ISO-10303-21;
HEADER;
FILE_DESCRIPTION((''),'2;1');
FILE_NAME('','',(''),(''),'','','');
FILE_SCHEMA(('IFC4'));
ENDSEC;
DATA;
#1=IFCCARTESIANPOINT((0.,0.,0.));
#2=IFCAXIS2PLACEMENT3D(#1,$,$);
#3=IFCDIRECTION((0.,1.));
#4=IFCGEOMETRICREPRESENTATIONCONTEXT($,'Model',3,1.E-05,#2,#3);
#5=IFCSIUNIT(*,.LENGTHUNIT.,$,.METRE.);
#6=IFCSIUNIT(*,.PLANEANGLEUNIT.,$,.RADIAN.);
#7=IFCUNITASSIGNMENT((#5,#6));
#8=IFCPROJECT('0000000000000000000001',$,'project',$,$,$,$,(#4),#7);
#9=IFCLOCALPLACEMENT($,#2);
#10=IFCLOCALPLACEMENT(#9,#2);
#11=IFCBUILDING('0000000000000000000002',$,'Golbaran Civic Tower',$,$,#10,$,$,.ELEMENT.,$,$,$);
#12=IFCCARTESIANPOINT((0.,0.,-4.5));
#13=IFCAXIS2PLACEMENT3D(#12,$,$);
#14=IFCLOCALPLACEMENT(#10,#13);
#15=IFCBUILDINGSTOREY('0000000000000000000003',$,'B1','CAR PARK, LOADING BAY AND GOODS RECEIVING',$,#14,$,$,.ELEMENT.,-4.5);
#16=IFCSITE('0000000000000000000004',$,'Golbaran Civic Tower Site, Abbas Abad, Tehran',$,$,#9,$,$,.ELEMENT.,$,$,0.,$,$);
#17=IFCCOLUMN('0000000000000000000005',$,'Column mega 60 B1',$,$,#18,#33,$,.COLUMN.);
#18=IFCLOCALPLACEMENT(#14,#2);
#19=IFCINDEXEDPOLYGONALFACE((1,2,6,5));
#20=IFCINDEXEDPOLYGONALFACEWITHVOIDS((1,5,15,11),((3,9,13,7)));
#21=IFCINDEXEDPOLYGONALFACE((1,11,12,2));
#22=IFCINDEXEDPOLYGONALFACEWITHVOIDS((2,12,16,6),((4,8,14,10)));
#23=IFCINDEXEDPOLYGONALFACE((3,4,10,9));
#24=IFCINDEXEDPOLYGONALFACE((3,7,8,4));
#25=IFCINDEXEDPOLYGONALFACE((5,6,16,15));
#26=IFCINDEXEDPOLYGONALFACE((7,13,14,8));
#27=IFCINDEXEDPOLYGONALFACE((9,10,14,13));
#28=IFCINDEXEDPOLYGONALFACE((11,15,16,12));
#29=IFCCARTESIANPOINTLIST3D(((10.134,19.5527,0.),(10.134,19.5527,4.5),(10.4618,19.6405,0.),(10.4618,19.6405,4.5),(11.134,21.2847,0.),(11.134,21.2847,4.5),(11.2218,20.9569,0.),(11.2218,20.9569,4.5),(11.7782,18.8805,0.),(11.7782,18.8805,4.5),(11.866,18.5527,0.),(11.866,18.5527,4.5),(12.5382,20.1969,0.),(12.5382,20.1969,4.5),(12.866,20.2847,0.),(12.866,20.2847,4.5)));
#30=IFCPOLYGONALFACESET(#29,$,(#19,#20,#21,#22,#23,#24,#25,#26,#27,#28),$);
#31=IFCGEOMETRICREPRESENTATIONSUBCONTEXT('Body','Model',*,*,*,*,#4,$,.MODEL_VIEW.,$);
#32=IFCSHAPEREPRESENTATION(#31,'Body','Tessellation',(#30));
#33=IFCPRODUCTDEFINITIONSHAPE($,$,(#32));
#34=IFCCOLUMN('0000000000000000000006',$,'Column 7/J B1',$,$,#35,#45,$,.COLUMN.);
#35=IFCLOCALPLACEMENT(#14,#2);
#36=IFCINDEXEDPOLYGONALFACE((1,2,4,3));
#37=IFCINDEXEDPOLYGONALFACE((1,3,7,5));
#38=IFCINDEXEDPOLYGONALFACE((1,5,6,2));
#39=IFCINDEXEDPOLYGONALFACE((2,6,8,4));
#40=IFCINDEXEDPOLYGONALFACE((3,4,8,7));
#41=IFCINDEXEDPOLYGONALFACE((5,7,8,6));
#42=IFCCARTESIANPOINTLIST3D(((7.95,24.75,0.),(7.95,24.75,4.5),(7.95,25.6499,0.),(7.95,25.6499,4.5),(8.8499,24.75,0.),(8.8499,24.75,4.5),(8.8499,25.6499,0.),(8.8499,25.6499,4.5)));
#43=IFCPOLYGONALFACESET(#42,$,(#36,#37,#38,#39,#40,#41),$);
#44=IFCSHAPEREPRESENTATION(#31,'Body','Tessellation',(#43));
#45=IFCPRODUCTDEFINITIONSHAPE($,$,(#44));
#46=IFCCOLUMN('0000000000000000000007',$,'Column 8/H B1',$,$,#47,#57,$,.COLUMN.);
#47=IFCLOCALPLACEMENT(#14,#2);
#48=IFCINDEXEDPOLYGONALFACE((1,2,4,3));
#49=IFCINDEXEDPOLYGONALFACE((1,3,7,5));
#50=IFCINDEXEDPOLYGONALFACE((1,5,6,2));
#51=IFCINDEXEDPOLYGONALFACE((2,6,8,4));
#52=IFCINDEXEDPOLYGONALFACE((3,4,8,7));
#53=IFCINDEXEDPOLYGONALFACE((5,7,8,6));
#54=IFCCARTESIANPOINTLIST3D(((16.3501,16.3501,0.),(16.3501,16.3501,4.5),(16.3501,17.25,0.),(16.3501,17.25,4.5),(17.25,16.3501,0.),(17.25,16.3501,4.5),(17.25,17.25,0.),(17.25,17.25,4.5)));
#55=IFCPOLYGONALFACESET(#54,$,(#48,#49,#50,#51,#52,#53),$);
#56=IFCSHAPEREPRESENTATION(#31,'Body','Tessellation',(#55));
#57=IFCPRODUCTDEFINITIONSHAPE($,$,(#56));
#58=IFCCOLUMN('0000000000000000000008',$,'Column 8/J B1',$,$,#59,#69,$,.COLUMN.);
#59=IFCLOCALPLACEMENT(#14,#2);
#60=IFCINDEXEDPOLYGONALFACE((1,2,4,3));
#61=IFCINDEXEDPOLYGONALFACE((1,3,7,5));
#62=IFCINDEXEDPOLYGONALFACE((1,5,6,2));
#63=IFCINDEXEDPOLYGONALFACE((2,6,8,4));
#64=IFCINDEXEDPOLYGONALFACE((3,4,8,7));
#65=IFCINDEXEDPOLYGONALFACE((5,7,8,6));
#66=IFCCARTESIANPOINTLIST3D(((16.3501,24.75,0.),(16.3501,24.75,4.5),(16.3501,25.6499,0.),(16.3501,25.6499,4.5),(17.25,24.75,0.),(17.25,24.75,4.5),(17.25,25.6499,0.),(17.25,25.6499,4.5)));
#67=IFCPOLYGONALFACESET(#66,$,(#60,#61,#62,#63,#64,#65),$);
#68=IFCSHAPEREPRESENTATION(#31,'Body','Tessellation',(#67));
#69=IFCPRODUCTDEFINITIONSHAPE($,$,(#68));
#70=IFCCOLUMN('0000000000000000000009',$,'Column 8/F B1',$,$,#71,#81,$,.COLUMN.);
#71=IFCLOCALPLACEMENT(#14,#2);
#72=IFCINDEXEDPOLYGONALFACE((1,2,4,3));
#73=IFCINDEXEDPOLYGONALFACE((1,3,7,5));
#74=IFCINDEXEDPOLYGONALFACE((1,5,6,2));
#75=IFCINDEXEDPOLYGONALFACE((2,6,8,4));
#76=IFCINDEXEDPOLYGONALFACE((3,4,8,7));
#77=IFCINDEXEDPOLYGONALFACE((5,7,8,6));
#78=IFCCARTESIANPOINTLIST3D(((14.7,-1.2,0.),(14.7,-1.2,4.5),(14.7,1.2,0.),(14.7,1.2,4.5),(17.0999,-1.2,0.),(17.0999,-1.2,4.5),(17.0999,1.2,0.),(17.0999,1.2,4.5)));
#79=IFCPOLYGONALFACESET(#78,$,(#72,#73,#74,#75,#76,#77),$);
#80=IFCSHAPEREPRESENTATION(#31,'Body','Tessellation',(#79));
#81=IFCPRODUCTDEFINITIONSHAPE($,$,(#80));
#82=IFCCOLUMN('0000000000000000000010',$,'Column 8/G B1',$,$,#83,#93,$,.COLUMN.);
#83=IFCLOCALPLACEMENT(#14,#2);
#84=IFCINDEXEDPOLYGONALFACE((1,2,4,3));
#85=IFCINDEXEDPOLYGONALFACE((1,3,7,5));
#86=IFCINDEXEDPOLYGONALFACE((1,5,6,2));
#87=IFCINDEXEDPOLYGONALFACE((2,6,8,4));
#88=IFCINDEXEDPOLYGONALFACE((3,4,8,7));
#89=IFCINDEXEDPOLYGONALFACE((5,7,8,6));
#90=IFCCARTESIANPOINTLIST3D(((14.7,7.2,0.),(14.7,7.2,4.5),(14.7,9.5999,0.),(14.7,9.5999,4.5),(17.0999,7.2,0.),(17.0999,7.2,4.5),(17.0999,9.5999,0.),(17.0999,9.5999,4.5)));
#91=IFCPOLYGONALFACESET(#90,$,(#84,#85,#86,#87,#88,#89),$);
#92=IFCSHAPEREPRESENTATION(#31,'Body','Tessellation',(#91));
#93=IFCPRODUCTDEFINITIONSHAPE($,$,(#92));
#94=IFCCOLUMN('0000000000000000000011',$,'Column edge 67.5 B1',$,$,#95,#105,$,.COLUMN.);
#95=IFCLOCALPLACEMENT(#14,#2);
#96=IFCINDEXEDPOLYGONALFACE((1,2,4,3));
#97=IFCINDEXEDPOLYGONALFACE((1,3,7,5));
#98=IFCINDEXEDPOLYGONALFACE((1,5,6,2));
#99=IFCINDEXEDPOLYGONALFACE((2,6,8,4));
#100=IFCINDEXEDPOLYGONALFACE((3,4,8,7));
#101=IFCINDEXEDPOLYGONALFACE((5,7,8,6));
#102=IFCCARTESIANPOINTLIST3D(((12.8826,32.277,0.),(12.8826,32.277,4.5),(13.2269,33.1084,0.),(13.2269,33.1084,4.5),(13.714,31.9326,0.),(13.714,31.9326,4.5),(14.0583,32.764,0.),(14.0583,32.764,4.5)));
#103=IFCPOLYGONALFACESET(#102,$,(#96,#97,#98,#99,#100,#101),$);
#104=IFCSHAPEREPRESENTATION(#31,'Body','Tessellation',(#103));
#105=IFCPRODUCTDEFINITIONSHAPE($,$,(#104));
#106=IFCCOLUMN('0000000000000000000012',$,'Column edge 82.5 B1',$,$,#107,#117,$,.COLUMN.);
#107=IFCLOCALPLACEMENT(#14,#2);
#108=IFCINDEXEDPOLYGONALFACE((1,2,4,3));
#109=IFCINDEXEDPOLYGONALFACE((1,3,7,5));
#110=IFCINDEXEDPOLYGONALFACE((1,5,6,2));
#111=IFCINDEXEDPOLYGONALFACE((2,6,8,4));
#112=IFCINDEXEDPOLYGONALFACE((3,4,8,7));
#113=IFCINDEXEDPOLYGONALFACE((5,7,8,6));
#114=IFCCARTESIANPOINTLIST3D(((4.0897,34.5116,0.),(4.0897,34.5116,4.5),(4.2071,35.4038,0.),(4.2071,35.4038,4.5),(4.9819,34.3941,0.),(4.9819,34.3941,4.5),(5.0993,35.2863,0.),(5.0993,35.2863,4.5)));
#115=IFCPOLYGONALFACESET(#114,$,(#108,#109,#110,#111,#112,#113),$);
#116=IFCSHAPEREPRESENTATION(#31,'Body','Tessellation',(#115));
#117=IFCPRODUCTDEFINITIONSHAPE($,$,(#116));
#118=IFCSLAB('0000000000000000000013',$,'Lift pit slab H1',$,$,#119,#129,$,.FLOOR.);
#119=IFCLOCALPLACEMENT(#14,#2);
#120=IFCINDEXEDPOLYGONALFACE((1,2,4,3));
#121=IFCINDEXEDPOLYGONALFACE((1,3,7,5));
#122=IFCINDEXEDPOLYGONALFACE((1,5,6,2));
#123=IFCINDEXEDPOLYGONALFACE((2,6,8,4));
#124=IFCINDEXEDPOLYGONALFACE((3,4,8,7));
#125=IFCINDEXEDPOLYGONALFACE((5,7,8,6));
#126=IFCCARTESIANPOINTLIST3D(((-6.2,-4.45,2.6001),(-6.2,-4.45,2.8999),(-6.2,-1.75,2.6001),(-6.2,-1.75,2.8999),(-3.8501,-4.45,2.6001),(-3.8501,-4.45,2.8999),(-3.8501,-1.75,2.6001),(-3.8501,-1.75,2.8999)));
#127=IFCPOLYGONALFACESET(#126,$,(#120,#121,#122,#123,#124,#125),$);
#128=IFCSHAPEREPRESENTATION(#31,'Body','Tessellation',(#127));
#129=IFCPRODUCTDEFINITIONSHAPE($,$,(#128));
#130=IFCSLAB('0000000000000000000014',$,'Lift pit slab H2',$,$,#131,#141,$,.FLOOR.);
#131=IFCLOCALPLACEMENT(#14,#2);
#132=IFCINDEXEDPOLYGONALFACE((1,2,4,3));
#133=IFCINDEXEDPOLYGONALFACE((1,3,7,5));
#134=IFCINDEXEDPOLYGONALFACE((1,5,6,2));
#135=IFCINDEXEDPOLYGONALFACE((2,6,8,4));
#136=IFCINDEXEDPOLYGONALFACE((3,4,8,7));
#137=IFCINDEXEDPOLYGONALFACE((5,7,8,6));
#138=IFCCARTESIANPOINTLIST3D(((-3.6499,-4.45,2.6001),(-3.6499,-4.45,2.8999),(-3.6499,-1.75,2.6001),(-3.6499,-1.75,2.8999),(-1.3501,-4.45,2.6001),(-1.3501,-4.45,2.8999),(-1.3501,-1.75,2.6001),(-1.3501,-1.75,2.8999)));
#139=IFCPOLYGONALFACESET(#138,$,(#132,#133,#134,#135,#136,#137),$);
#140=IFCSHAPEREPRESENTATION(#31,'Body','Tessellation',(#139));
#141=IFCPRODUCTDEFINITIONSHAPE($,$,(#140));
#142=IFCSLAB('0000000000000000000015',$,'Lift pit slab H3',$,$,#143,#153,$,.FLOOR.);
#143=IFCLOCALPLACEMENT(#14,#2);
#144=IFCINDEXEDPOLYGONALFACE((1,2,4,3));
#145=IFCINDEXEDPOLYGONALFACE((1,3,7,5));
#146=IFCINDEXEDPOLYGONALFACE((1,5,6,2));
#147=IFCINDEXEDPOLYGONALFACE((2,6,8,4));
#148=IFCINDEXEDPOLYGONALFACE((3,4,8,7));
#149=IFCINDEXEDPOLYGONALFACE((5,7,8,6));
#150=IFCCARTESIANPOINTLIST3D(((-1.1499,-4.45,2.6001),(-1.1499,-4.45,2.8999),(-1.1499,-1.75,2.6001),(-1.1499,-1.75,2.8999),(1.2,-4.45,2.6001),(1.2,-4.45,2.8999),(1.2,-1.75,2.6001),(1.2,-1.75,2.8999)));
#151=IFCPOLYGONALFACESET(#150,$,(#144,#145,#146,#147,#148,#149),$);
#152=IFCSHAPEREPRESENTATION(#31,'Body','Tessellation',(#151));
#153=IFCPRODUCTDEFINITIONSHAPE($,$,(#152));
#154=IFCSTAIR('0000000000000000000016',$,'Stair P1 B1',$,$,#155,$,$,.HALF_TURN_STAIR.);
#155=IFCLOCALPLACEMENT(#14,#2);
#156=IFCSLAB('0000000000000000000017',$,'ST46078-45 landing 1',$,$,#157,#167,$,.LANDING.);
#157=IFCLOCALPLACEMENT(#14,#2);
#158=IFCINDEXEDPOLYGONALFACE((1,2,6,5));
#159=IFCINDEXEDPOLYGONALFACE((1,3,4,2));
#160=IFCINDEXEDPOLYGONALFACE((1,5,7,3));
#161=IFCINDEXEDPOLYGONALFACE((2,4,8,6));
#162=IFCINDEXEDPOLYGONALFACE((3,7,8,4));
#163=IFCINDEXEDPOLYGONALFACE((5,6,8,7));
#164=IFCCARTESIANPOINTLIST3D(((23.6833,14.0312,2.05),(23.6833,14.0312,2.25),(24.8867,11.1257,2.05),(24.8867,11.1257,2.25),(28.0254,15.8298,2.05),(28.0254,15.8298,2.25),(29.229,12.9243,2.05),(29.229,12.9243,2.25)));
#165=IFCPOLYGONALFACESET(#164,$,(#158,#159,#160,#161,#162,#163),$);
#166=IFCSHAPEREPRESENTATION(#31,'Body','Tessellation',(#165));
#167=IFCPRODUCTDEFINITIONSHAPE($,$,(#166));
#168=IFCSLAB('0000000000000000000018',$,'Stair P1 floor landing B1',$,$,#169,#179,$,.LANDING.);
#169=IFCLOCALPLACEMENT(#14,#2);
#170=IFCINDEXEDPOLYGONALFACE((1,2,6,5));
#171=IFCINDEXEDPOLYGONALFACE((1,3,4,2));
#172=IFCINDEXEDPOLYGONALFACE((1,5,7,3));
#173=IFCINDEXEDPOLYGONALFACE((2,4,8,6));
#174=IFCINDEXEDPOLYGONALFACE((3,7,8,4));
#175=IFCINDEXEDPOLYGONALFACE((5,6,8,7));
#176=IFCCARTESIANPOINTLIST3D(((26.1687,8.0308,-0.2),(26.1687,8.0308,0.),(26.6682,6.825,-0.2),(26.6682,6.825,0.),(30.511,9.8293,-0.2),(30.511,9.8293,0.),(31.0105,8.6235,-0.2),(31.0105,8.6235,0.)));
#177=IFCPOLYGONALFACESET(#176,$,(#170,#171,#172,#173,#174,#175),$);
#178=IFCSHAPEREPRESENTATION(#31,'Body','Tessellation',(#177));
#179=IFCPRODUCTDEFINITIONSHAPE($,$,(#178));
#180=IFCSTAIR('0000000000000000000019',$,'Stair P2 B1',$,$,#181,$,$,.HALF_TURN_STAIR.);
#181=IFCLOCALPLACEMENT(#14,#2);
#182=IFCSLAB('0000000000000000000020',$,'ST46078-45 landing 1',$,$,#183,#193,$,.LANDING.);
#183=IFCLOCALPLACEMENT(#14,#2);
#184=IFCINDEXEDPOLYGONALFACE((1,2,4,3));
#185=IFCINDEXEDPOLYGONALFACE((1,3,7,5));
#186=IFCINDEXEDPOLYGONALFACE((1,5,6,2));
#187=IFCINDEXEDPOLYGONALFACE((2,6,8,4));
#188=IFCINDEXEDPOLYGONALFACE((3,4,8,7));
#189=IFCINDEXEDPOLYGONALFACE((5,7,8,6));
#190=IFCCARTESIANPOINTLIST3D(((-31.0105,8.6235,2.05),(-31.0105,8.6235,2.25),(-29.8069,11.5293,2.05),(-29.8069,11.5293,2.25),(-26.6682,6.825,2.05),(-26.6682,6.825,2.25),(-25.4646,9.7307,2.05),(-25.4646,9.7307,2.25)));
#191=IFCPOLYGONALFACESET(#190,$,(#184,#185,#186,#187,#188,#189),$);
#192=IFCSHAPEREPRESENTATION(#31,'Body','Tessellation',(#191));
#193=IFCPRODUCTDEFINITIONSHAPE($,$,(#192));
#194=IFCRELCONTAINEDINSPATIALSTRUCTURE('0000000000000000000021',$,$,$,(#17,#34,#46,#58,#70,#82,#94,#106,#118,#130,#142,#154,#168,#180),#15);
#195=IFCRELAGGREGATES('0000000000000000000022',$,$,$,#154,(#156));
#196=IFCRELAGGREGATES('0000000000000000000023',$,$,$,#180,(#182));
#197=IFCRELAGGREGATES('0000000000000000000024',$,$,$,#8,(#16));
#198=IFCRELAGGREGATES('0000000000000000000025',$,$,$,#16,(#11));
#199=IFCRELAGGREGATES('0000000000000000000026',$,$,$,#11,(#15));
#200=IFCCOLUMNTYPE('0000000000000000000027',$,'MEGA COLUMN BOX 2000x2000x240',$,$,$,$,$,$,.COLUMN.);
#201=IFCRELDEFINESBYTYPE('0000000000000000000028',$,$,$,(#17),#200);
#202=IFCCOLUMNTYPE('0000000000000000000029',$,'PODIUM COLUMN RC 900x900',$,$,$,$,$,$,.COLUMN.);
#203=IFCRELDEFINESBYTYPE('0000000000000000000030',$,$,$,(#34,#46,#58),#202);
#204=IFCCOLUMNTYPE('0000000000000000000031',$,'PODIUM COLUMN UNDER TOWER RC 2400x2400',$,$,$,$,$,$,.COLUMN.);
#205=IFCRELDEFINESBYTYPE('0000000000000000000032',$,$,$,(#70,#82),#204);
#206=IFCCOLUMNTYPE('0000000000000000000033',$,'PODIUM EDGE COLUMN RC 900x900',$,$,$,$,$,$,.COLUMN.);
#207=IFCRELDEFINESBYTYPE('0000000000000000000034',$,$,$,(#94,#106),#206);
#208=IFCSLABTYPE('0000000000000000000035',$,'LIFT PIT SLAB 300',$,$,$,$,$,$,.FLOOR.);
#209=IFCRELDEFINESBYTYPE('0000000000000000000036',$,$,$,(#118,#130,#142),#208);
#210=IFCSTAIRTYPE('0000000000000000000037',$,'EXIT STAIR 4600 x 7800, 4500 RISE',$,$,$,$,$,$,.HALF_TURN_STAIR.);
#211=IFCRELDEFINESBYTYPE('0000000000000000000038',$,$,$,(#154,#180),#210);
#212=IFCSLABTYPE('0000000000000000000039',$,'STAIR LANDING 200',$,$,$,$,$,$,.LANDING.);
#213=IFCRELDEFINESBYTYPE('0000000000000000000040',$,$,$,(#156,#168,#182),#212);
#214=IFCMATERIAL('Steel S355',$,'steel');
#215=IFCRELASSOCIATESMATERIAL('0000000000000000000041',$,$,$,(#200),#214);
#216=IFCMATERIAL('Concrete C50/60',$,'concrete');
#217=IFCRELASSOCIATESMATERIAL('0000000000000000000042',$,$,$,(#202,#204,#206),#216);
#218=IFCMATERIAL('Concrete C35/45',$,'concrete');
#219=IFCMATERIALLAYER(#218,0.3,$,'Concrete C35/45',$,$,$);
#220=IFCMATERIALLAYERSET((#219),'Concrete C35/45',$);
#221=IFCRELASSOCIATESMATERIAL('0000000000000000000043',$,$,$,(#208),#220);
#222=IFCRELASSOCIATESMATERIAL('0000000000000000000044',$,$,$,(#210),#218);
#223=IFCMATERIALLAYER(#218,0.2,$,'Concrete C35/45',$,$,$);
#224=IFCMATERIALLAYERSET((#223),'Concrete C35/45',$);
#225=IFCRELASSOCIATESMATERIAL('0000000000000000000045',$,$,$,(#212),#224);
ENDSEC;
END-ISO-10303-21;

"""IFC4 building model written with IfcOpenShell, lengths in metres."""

from ifc_helpers import new_model, si_unit, direction, frame, origin, origin_2d, place, context, subcontext, project, spatial, polyline, rectangle, hollow_rectangle, outline, extrude, material, layer, layer_set, material_profile, profile_set, type_object, element, aggregate, save


model = new_model("IFC4")

# Units and contexts
model_context = context("Model", 3, precision=1e-05, world=origin(), true_north=direction((0.0, 1.0)))
body_context = subcontext(model_context, "Body", "Model", "MODEL_VIEW")
ifc_project = project(units=[si_unit("LENGTHUNIT", "METRE"), si_unit("PLANEANGLEUNIT", "RADIAN")], contexts=[model_context])

# Site, building, storey
site_placement = place(None, origin())
site = spatial("IfcSite", under=ifc_project, at=site_placement, Name="Golbaran Civic Tower Site, Abbas Abad, Tehran", CompositionType="ELEMENT", RefElevation=0.0)
building_placement = place(site_placement, origin())
building = spatial("IfcBuilding", under=site, at=building_placement, Name="Golbaran Civic Tower", CompositionType="ELEMENT")
storey_placement = place(building_placement, frame((0.0, 0.0, -4.5)))
storey = spatial("IfcBuildingStorey", under=building, at=storey_placement, Name="B1", Description="CAR PARK, LOADING BAY AND GOODS RECEIVING", CompositionType="ELEMENT", Elevation=-4.5)

# Columns
ifc_material_1 = material(Name="Steel S355", Category="steel")
ifc_material_profile_1 = material_profile(ifc_material_1, hollow_rectangle(XDim=2.0, YDim=2.0, WallThickness=0.24, at=origin_2d()), Name="BOX 2000x2000x240")
ifc_profile_set_1 = profile_set([ifc_material_profile_1], Name="Steel S355")
column_type_1 = type_object("IfcColumnType", Name="MEGA COLUMN BOX 2000x2000x240", PredefinedType="COLUMN", material=ifc_profile_set_1)
column_placement = place(storey_placement, frame((11.5, 19.9187, 0.0), z_axis=(0.0, 0.0, 1.0), x_axis=(0.5, 0.866025, 0.0)))
element("IfcColumn", 1, at=column_placement, inside=storey, type_object=column_type_1, Name="Column mega 60 B1", PredefinedType="COLUMN", context=body_context, shape_type="SweptSolid", body=[
    extrude(hollow_rectangle(XDim=2.0, YDim=2.0, WallThickness=0.24, at=origin_2d()), origin(), (0.0, 0.0, 1.0), 4.5),
])
ifc_material_2 = material(Name="Concrete C50/60", Category="concrete")
ifc_material_profile_2 = material_profile(ifc_material_2, rectangle(XDim=0.8999, YDim=0.8999, at=origin_2d()), Name="RC 900x900")
ifc_profile_set_2 = profile_set([ifc_material_profile_2], Name="Concrete C50/60")
column_type_2 = type_object("IfcColumnType", Name="PODIUM COLUMN RC 900x900", PredefinedType="COLUMN", material=ifc_profile_set_2)
for number, where, z_axis, x_axis, name in (
    (2, (8.3999, 25.2, 0.0), (0.0, 0.0, 1.0), (1.0, 0.0, 0.0), "Column 7/J B1"),
    (3, (16.8, 16.8, 0.0), (0.0, 0.0, 1.0), (1.0, 0.0, 0.0), "Column 8/H B1"),
    (4, (16.8, 25.2, 0.0), (0.0, 0.0, 1.0), (1.0, 0.0, 0.0), "Column 8/J B1"),
):
    element("IfcColumn", number, at=place(storey_placement, frame(where, z_axis=z_axis, x_axis=x_axis)), inside=storey, type_object=column_type_2, Name=name, PredefinedType="COLUMN", context=body_context, shape_type="SweptSolid", body=[
        extrude(rectangle(XDim=0.8999, YDim=0.8999, at=origin_2d()), origin(), (0.0, 0.0, 1.0), 4.5),
    ])
ifc_material_profile_3 = material_profile(ifc_material_2, rectangle(XDim=2.3999, YDim=2.3999, at=origin_2d()), Name="RC 2400x2400")
ifc_profile_set_3 = profile_set([ifc_material_profile_3], Name="Concrete C50/60")
column_type_3 = type_object("IfcColumnType", Name="PODIUM COLUMN UNDER TOWER RC 2400x2400", PredefinedType="COLUMN", material=ifc_profile_set_3)
for number, where, z_axis, x_axis, name in (
    (5, (15.8999, 0.0, 0.0), (0.0, 0.0, 1.0), (1.0, 0.0, 0.0), "Column 8/F B1"),
    (6, (15.8999, 8.3999, 0.0), (0.0, 0.0, 1.0), (1.0, 0.0, 0.0), "Column 8/G B1"),
):
    element("IfcColumn", number, at=place(storey_placement, frame(where, z_axis=z_axis, x_axis=x_axis)), inside=storey, type_object=column_type_3, Name=name, PredefinedType="COLUMN", context=body_context, shape_type="SweptSolid", body=[
        extrude(rectangle(XDim=2.3999, YDim=2.3999, at=origin_2d()), origin(), (0.0, 0.0, 1.0), 4.5),
    ])
ifc_material_profile_4 = material_profile(ifc_material_2, rectangle(XDim=0.8999, YDim=0.8999, at=origin_2d()), Name="RC 900x900")
ifc_profile_set_4 = profile_set([ifc_material_profile_4], Name="Concrete C50/60")
column_type_4 = type_object("IfcColumnType", Name="PODIUM EDGE COLUMN RC 900x900", PredefinedType="COLUMN", material=ifc_profile_set_4)
for number, where, z_axis, x_axis, name in (
    (7, (13.4705, 32.5205, 0.0), (0.0, 0.0, 1.0), (0.382683, 0.92388, 0.0), "Column edge 67.5 B1"),
    (8, (4.5945, 34.8989, 0.0), (0.0, 0.0, 1.0), (0.130526, 0.991445, 0.0), "Column edge 82.5 B1"),
):
    element("IfcColumn", number, at=place(storey_placement, frame(where, z_axis=z_axis, x_axis=x_axis)), inside=storey, type_object=column_type_4, Name=name, PredefinedType="COLUMN", context=body_context, shape_type="SweptSolid", body=[
        extrude(rectangle(XDim=0.8999, YDim=0.8999, at=origin_2d()), origin(), (0.0, 0.0, 1.0), 4.5),
    ])

# Slabs
ifc_material_3 = material(Name="Concrete C35/45", Category="concrete")
ifc_layer_1 = layer(ifc_material_3, 0.3, Name="Concrete C35/45")
ifc_layer_set_1 = layer_set([ifc_layer_1], Name="Concrete C35/45")
slab_type_1 = type_object("IfcSlabType", Name="LIFT PIT SLAB 300", PredefinedType="FLOOR", material=ifc_layer_set_1)
slab_1_placement = place(storey_placement, frame((0.0, 0.0, 2.6001)))
element("IfcSlab", 9, at=slab_1_placement, inside=storey, type_object=slab_type_1, Name="Lift pit slab H1", PredefinedType="FLOOR", context=body_context, shape_type="SweptSolid", body=[
    extrude(outline(polyline([(-6.2, -4.45), (-3.8501, -4.45), (-3.8501, -1.75), (-6.2, -1.75), (-6.2, -4.45)])), origin(), (0.0, 0.0, 1.0), 0.2998),
])
slab_2_placement = place(storey_placement, frame((0.0, 0.0, 2.6001)))
element("IfcSlab", 10, at=slab_2_placement, inside=storey, type_object=slab_type_1, Name="Lift pit slab H2", PredefinedType="FLOOR", context=body_context, shape_type="SweptSolid", body=[
    extrude(outline(polyline([(-3.6499, -4.45), (-1.3501, -4.45), (-1.3501, -1.75), (-3.6499, -1.75), (-3.6499, -4.45)])), origin(), (0.0, 0.0, 1.0), 0.2998),
])
slab_3_placement = place(storey_placement, frame((0.0, 0.0, 2.6001)))
element("IfcSlab", 11, at=slab_3_placement, inside=storey, type_object=slab_type_1, Name="Lift pit slab H3", PredefinedType="FLOOR", context=body_context, shape_type="SweptSolid", body=[
    extrude(outline(polyline([(-1.1499, -4.45), (1.2, -4.45), (1.2, -1.75), (-1.1499, -1.75), (-1.1499, -4.45)])), origin(), (0.0, 0.0, 1.0), 0.2998),
])

# Stair, slab
stair_type = type_object("IfcStairType", Name="EXIT STAIR 4600 x 7800, 4500 RISE", PredefinedType="HALF_TURN_STAIR", material=ifc_material_3)
stair_1_placement = place(storey_placement, origin())
stair_1 = element("IfcStair", 12, at=stair_1_placement, inside=storey, type_object=stair_type, Name="Stair P1 B1", PredefinedType="HALF_TURN_STAIR")
ifc_layer_2 = layer(ifc_material_3, 0.2, Name="Concrete C35/45")
ifc_layer_set_2 = layer_set([ifc_layer_2], Name="Concrete C35/45")
slab_type_2 = type_object("IfcSlabType", Name="STAIR LANDING 200", PredefinedType="LANDING", material=ifc_layer_set_2)
slab_4_placement = place(storey_placement, frame((0.0, 0.0, 2.05)))
slab_4 = element("IfcSlab", 13, at=slab_4_placement, type_object=slab_type_2, Name="ST46078-45 landing 1", PredefinedType="LANDING", context=body_context, shape_type="SweptSolid", body=[
    extrude(outline(polyline([(24.8867, 11.1257), (23.6833, 14.0312), (28.0254, 15.8298), (29.229, 12.9243), (24.8867, 11.1257)])), origin(), (0.0, 0.0, 1.0), 0.2),
])
aggregate(stair_1, [slab_4])

# Slab
slab_5_placement = place(storey_placement, frame((0.0, 0.0, -0.2)))
element("IfcSlab", 14, at=slab_5_placement, inside=storey, type_object=slab_type_2, Name="Stair P1 floor landing B1", PredefinedType="LANDING", context=body_context, shape_type="SweptSolid", body=[
    extrude(outline(polyline([(26.6682, 6.825), (26.1687, 8.0308), (30.511, 9.8293), (31.0105, 8.6235), (26.6682, 6.825)])), origin(), (0.0, 0.0, 1.0), 0.2),
])

# Stair, slab
stair_2_placement = place(storey_placement, origin())
stair_2 = element("IfcStair", 15, at=stair_2_placement, inside=storey, type_object=stair_type, Name="Stair P2 B1", PredefinedType="HALF_TURN_STAIR")
slab_6_placement = place(storey_placement, frame((0.0, 0.0, 2.05)))
slab_6 = element("IfcSlab", 16, at=slab_6_placement, type_object=slab_type_2, Name="ST46078-45 landing 1", PredefinedType="LANDING", context=body_context, shape_type="SweptSolid", body=[
    extrude(outline(polyline([(-25.4646, 9.7307), (-26.6682, 6.825), (-31.0105, 8.6235), (-29.8069, 11.5293), (-25.4646, 9.7307)])), origin(), (0.0, 0.0, 1.0), 0.2),
])
aggregate(stair_2, [slab_6])

save(model, "model.ifc")
